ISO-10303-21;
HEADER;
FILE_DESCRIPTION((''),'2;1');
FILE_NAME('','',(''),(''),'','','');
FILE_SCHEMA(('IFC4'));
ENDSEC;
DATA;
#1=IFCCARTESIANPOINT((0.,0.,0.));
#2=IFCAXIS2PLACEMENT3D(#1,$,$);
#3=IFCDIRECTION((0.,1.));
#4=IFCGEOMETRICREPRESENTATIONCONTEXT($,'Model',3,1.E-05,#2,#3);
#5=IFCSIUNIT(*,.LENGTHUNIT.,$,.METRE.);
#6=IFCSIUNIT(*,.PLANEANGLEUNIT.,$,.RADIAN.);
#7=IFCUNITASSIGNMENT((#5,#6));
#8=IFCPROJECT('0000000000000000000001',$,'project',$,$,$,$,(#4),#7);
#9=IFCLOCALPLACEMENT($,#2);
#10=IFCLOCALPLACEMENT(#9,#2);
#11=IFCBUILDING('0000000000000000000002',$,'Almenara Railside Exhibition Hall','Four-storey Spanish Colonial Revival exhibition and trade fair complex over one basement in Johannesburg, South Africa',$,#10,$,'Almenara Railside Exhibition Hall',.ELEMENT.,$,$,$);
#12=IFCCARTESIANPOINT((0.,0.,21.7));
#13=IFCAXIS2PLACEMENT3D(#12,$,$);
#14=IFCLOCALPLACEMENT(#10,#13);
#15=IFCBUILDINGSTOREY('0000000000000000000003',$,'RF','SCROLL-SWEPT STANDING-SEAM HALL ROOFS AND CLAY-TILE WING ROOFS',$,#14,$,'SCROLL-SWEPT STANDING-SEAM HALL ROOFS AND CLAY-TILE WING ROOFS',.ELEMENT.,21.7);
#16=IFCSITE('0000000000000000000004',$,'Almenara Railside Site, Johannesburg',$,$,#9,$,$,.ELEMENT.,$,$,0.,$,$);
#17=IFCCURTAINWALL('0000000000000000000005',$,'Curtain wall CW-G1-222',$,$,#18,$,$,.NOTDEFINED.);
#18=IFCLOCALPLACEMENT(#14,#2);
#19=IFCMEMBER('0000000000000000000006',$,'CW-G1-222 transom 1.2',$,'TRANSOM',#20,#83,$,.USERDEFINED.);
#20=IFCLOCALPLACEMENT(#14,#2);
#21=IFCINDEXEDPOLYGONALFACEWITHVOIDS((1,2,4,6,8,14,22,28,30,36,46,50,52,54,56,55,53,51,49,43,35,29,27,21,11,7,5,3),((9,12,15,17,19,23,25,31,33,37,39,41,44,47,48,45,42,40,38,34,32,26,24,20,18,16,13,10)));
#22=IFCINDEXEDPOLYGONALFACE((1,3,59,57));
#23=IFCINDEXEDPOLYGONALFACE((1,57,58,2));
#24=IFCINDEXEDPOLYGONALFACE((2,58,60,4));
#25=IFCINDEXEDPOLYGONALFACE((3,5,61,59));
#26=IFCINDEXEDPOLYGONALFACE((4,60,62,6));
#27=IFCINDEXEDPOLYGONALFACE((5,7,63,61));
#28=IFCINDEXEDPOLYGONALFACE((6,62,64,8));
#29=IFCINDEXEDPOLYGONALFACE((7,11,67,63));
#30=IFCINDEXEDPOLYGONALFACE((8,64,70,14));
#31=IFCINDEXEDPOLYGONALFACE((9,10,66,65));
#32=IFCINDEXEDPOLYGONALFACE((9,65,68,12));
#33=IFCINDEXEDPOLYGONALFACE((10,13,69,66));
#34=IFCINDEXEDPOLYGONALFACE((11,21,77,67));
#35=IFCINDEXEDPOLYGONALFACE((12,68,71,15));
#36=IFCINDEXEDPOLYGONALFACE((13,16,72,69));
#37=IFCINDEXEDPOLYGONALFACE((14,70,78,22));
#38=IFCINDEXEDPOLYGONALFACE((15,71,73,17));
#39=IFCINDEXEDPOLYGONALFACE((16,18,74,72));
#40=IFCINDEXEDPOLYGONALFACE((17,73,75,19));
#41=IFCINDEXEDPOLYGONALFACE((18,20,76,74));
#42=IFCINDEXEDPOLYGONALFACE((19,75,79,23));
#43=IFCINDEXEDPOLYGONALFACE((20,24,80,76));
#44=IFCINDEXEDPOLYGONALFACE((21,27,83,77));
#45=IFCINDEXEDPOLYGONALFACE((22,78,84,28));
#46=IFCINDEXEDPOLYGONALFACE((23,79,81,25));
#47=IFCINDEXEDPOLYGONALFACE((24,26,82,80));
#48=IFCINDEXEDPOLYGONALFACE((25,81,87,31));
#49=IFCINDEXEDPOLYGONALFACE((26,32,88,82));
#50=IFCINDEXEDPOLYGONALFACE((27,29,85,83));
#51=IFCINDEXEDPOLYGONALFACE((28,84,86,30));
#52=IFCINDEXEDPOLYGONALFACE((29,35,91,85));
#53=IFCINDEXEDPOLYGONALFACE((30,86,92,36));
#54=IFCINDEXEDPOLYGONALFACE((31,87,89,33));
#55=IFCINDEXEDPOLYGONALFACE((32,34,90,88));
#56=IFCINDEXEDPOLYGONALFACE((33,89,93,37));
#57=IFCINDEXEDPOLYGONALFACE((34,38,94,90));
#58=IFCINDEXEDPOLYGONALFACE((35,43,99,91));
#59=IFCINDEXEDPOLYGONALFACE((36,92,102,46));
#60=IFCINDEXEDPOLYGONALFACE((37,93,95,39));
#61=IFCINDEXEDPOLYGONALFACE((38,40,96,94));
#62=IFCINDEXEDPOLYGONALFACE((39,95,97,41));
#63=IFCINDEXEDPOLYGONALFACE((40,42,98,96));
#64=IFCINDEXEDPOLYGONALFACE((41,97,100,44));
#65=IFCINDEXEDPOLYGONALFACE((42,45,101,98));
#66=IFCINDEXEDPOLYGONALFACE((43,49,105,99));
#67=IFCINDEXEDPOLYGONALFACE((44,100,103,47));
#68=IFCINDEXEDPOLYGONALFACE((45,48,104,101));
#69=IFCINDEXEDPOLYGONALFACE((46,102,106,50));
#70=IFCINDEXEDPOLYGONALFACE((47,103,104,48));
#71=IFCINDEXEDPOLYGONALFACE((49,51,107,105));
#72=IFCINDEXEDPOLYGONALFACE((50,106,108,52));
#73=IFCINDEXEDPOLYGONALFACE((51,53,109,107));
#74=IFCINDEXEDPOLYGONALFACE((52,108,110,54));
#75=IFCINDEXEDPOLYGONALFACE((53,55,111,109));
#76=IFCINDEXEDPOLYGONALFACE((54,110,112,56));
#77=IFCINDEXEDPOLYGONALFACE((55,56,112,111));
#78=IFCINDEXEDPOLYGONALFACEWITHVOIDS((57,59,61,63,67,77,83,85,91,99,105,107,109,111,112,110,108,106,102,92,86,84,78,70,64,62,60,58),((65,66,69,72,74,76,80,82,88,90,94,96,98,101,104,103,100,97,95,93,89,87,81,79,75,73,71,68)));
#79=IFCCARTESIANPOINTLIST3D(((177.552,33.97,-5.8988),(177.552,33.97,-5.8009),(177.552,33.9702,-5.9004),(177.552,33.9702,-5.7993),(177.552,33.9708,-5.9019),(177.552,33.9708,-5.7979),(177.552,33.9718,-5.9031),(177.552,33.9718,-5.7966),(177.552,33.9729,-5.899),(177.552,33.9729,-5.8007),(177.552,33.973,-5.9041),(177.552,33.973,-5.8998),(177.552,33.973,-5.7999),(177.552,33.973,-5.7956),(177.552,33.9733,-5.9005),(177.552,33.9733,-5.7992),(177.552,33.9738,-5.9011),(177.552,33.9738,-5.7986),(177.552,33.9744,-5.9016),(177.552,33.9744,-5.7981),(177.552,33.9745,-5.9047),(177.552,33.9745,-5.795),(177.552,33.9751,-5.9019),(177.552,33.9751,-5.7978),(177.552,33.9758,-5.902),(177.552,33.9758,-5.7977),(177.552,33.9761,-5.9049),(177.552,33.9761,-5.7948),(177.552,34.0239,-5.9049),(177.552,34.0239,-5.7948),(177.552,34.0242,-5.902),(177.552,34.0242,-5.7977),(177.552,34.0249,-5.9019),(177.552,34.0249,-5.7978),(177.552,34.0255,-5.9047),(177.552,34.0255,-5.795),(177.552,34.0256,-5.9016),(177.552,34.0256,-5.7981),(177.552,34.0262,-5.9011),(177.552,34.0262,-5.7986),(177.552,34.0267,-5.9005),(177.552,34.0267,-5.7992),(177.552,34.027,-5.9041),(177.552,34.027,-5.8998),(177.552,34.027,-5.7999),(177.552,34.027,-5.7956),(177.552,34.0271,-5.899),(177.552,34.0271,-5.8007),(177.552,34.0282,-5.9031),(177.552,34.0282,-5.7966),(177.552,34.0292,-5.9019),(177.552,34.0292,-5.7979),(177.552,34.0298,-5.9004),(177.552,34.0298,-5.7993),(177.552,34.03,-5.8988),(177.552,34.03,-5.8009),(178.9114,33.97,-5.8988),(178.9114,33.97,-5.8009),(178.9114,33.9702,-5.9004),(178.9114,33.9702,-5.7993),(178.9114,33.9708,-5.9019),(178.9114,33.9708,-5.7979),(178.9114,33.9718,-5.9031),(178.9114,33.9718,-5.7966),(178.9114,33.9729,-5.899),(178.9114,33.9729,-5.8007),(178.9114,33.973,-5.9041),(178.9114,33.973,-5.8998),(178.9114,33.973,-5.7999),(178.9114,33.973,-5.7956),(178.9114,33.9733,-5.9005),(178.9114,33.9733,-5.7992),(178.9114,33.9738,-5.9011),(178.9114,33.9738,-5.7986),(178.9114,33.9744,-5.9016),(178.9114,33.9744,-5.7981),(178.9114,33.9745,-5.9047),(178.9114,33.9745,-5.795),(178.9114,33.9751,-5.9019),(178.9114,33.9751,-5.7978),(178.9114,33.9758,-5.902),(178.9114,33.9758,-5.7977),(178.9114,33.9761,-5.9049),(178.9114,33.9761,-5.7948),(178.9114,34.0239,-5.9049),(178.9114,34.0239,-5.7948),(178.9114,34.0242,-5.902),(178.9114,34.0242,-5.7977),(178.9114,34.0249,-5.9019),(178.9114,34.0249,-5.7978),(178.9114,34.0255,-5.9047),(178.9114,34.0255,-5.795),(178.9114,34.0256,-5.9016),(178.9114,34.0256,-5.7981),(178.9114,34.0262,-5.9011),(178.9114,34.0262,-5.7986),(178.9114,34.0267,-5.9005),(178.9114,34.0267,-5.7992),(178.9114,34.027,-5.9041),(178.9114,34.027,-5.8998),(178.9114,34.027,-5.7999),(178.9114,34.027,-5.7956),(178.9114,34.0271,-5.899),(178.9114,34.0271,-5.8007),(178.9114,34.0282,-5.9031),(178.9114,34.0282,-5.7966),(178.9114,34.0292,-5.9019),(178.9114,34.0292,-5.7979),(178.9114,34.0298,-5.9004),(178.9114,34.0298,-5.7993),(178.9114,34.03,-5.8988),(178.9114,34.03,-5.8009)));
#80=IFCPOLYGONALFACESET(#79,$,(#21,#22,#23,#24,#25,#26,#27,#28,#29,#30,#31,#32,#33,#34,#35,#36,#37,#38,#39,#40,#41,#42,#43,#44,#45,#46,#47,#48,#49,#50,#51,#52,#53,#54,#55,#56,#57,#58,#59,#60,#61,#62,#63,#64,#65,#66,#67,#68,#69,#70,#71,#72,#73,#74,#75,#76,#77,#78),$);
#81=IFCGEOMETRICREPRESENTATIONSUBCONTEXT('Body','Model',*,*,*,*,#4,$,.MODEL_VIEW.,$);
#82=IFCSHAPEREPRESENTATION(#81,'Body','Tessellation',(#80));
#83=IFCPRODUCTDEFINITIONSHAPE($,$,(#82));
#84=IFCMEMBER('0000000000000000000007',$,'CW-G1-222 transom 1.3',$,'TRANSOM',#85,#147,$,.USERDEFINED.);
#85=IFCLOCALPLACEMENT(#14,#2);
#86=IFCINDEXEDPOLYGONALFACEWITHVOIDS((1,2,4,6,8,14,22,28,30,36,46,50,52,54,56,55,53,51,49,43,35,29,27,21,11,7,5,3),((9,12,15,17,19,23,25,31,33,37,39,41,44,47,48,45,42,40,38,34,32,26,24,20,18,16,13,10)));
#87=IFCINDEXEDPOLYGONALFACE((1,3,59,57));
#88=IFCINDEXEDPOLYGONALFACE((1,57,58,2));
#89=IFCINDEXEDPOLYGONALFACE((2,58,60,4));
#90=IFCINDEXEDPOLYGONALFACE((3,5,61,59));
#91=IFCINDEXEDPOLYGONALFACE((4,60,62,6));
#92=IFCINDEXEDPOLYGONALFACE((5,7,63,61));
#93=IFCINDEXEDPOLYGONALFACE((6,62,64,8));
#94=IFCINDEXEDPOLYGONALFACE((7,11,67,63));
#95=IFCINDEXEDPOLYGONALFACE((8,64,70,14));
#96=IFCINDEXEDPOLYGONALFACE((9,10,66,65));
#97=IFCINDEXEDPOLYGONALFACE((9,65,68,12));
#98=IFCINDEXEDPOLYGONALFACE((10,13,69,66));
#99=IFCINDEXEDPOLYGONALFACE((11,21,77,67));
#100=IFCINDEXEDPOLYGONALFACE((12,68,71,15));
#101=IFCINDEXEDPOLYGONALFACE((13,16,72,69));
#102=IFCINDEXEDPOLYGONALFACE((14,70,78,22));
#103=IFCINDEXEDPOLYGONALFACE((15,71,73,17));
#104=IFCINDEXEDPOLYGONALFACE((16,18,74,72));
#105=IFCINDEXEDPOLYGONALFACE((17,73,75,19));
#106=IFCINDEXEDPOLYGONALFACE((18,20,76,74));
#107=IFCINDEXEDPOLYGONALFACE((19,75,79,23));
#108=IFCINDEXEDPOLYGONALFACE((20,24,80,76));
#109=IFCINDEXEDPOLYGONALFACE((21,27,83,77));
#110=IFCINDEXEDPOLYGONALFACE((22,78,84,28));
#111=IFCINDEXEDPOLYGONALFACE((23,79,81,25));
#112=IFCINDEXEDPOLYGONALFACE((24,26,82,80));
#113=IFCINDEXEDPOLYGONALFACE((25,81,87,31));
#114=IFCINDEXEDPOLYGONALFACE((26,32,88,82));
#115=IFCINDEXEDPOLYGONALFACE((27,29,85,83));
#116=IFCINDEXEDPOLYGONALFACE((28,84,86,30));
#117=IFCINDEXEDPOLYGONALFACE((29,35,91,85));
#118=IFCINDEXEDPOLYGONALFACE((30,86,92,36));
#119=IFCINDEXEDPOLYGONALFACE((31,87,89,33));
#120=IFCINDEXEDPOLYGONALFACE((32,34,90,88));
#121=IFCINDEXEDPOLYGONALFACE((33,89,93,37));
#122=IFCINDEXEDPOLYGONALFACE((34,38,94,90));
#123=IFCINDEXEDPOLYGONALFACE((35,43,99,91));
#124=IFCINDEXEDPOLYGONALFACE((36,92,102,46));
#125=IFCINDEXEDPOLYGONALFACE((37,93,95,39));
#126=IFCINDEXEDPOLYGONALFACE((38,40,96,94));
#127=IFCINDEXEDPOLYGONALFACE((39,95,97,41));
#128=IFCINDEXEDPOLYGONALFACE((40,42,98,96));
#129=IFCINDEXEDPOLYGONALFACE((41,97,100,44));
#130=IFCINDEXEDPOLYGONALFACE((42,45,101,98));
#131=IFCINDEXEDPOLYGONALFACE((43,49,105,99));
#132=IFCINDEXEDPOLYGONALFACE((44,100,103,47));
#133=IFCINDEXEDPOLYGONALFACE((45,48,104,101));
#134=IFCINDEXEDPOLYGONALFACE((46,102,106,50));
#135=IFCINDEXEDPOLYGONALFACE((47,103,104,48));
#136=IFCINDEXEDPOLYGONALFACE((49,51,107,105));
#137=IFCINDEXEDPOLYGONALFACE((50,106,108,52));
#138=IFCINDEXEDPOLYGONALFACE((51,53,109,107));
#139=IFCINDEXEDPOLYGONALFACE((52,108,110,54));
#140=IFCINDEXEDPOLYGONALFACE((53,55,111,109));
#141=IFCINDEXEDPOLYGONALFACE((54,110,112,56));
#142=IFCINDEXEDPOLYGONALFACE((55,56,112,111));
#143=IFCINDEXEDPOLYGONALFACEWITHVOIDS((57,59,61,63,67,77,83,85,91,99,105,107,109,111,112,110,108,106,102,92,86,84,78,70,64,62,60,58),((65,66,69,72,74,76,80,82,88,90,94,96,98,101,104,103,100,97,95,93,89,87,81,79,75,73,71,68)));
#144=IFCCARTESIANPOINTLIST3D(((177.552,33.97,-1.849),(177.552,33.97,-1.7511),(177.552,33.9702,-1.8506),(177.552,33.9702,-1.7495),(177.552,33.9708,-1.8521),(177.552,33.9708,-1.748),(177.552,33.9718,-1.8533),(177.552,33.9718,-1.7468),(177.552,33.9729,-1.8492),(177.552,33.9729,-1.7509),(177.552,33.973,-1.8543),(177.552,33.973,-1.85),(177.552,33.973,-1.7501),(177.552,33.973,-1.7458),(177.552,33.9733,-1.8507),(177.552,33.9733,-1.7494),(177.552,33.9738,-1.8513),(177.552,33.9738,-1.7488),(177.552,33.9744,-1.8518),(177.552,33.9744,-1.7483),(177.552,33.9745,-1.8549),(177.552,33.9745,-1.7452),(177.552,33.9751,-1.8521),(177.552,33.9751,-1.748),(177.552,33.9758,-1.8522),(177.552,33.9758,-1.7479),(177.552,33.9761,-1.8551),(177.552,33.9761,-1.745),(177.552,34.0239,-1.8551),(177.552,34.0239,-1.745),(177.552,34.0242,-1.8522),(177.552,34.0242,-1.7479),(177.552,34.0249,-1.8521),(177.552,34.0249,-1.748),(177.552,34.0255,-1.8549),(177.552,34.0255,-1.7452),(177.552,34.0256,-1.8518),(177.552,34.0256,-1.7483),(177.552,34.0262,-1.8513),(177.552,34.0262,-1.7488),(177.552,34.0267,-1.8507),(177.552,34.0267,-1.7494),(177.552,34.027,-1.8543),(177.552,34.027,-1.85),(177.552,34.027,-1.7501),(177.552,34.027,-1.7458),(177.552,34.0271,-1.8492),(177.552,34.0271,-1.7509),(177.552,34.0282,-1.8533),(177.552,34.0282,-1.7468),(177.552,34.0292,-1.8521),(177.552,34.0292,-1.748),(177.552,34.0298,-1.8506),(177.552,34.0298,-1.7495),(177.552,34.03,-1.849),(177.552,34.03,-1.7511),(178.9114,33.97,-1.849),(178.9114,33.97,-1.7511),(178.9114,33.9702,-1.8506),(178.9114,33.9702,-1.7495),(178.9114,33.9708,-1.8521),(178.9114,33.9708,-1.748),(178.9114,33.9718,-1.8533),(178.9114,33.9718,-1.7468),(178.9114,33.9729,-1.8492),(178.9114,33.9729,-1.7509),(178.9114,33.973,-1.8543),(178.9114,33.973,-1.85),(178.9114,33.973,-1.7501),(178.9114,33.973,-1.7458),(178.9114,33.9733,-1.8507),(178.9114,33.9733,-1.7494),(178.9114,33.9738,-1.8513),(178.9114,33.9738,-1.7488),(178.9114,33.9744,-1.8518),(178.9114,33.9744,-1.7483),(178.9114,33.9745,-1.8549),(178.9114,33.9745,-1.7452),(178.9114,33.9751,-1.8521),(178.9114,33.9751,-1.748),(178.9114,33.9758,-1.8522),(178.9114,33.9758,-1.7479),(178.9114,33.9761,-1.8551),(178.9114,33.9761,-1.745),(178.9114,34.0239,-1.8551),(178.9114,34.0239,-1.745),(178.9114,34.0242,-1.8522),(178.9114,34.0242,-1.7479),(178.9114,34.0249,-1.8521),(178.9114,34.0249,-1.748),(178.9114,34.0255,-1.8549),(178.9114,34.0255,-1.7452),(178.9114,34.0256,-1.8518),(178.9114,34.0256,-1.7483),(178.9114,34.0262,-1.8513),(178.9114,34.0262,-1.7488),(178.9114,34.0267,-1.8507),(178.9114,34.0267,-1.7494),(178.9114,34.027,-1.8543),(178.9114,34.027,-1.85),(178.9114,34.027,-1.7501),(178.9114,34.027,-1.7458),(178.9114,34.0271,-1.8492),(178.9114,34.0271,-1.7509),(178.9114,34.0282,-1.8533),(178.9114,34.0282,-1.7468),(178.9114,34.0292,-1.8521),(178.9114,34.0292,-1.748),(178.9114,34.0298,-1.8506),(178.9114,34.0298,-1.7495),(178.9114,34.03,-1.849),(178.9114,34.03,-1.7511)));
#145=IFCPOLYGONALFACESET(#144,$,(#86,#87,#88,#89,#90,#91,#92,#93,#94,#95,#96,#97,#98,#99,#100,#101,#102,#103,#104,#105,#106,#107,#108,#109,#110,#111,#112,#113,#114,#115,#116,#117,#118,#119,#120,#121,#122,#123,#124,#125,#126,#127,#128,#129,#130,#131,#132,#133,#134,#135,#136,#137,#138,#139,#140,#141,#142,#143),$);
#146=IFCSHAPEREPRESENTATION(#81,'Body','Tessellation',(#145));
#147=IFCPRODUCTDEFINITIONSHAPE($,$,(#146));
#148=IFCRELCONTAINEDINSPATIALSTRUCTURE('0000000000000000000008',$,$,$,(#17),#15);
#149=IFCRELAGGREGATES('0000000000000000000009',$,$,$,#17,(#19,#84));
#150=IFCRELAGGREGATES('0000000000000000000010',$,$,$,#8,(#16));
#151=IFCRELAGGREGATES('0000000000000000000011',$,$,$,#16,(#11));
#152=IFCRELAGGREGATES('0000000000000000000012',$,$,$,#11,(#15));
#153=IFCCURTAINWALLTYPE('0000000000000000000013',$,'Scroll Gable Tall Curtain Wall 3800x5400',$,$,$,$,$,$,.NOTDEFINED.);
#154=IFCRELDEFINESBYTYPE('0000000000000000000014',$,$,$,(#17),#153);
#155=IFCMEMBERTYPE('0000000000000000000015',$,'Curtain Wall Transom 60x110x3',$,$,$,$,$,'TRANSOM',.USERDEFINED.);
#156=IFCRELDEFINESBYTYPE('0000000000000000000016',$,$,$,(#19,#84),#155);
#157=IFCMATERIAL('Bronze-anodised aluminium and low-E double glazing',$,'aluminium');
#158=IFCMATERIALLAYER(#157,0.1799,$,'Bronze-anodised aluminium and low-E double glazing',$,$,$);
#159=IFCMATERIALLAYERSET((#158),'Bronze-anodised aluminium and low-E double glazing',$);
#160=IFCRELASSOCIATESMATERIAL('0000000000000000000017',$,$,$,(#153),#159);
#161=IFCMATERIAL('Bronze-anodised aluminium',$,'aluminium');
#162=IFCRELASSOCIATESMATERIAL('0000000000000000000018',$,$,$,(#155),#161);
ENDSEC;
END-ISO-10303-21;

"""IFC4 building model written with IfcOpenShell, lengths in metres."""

from ifc_helpers import new_model, si_unit, direction, frame, origin, origin_2d, place, context, subcontext, project, spatial, hollow_rectangle, extrude, material, layer, layer_set, material_profile, profile_set, type_object, element, aggregate, save


model = new_model("IFC4")

# Units and contexts
model_context = context("Model", 3, precision=1e-05, world=origin(), true_north=direction((0.0, 1.0)))
body_context = subcontext(model_context, "Body", "Model", "MODEL_VIEW")
ifc_project = project(units=[si_unit("LENGTHUNIT", "METRE"), si_unit("PLANEANGLEUNIT", "RADIAN")], contexts=[model_context])

# Site, building, storey
site_placement = place(None, origin())
site = spatial("IfcSite", under=ifc_project, at=site_placement, Name="Almenara Railside Site, Johannesburg", CompositionType="ELEMENT", RefElevation=0.0)
building_placement = place(site_placement, origin())
building = spatial("IfcBuilding", under=site, at=building_placement, Name="Almenara Railside Exhibition Hall", Description="Four-storey Spanish Colonial Revival exhibition and trade fair complex over one basement in Johannesburg, South Africa", LongName="Almenara Railside Exhibition Hall", CompositionType="ELEMENT")
storey_placement = place(building_placement, frame((0.0, 0.0, 21.7)))
storey = spatial("IfcBuildingStorey", under=building, at=storey_placement, Name="RF", Description="SCROLL-SWEPT STANDING-SEAM HALL ROOFS AND CLAY-TILE WING ROOFS", LongName="SCROLL-SWEPT STANDING-SEAM HALL ROOFS AND CLAY-TILE WING ROOFS", CompositionType="ELEMENT", Elevation=21.7)

# Curtain wall
ifc_material_1 = material(Name="Bronze-anodised aluminium and low-E double glazing", Category="aluminium")
ifc_layer_1 = layer(ifc_material_1, 0.1799, Name="Bronze-anodised aluminium and low-E double glazing")
ifc_layer_set_1 = layer_set([ifc_layer_1], Name="Bronze-anodised aluminium and low-E double glazing")
curtain_wall_type = type_object("IfcCurtainWallType", Name="Scroll Gable Tall Curtain Wall 3800x5400", PredefinedType="NOTDEFINED", material=ifc_layer_set_1)
curtain_wall_1_placement = place(storey_placement, origin())
curtain_wall_1 = element("IfcCurtainWall", 1, at=curtain_wall_1_placement, inside=storey, type_object=curtain_wall_type, Name="Curtain wall CW-G1-222", PredefinedType="NOTDEFINED")
ifc_material_2 = material(Name="Bronze-anodised aluminium", Category="aluminium")

# Members
ifc_material_profile_1 = material_profile(ifc_material_2, hollow_rectangle(XDim=0.0601, YDim=0.1101, WallThickness=0.0029, InnerFilletRadius=0.0029, OuterFilletRadius=0.0061, at=origin_2d()), Name="ALU-TRN 60x110x3")
ifc_profile_set_1 = profile_set([ifc_material_profile_1], Name="Bronze-anodised aluminium")
member_type_1 = type_object("IfcMemberType", Name="Curtain Wall Transom 60x110x3", ElementType="TRANSOM", PredefinedType="USERDEFINED", material=ifc_profile_set_1)
member_1_placement = place(storey_placement, frame((177.552, 34.0, -5.8499), z_axis=(1.0, 0.0, 0.0), x_axis=(0.0, 1.0, 0.0)))
member_1 = element("IfcMember", 2, at=member_1_placement, type_object=member_type_1, Name="CW-G1-222 transom 1.2", ObjectType="TRANSOM", PredefinedType="USERDEFINED", context=body_context, shape_type="SweptSolid", body=[
    extrude(hollow_rectangle(XDim=0.0601, YDim=0.1101, WallThickness=0.0029, InnerFilletRadius=0.0029, OuterFilletRadius=0.0061, at=origin_2d()), origin(), (0.0, 0.0, 1.0), 1.3594),
])
member_2_placement = place(storey_placement, frame((177.552, 34.0, -1.8), z_axis=(1.0, 0.0, 0.0), x_axis=(0.0, 1.0, 0.0)))
member_2 = element("IfcMember", 3, at=member_2_placement, type_object=member_type_1, Name="CW-G1-222 transom 1.3", ObjectType="TRANSOM", PredefinedType="USERDEFINED", context=body_context, shape_type="SweptSolid", body=[
    extrude(hollow_rectangle(XDim=0.0601, YDim=0.1101, WallThickness=0.0029, InnerFilletRadius=0.0029, OuterFilletRadius=0.0061, at=origin_2d()), origin(), (0.0, 0.0, 1.0), 1.3594),
])

aggregate(curtain_wall_1, [member_1, member_2])

save(model, "model.ifc")
